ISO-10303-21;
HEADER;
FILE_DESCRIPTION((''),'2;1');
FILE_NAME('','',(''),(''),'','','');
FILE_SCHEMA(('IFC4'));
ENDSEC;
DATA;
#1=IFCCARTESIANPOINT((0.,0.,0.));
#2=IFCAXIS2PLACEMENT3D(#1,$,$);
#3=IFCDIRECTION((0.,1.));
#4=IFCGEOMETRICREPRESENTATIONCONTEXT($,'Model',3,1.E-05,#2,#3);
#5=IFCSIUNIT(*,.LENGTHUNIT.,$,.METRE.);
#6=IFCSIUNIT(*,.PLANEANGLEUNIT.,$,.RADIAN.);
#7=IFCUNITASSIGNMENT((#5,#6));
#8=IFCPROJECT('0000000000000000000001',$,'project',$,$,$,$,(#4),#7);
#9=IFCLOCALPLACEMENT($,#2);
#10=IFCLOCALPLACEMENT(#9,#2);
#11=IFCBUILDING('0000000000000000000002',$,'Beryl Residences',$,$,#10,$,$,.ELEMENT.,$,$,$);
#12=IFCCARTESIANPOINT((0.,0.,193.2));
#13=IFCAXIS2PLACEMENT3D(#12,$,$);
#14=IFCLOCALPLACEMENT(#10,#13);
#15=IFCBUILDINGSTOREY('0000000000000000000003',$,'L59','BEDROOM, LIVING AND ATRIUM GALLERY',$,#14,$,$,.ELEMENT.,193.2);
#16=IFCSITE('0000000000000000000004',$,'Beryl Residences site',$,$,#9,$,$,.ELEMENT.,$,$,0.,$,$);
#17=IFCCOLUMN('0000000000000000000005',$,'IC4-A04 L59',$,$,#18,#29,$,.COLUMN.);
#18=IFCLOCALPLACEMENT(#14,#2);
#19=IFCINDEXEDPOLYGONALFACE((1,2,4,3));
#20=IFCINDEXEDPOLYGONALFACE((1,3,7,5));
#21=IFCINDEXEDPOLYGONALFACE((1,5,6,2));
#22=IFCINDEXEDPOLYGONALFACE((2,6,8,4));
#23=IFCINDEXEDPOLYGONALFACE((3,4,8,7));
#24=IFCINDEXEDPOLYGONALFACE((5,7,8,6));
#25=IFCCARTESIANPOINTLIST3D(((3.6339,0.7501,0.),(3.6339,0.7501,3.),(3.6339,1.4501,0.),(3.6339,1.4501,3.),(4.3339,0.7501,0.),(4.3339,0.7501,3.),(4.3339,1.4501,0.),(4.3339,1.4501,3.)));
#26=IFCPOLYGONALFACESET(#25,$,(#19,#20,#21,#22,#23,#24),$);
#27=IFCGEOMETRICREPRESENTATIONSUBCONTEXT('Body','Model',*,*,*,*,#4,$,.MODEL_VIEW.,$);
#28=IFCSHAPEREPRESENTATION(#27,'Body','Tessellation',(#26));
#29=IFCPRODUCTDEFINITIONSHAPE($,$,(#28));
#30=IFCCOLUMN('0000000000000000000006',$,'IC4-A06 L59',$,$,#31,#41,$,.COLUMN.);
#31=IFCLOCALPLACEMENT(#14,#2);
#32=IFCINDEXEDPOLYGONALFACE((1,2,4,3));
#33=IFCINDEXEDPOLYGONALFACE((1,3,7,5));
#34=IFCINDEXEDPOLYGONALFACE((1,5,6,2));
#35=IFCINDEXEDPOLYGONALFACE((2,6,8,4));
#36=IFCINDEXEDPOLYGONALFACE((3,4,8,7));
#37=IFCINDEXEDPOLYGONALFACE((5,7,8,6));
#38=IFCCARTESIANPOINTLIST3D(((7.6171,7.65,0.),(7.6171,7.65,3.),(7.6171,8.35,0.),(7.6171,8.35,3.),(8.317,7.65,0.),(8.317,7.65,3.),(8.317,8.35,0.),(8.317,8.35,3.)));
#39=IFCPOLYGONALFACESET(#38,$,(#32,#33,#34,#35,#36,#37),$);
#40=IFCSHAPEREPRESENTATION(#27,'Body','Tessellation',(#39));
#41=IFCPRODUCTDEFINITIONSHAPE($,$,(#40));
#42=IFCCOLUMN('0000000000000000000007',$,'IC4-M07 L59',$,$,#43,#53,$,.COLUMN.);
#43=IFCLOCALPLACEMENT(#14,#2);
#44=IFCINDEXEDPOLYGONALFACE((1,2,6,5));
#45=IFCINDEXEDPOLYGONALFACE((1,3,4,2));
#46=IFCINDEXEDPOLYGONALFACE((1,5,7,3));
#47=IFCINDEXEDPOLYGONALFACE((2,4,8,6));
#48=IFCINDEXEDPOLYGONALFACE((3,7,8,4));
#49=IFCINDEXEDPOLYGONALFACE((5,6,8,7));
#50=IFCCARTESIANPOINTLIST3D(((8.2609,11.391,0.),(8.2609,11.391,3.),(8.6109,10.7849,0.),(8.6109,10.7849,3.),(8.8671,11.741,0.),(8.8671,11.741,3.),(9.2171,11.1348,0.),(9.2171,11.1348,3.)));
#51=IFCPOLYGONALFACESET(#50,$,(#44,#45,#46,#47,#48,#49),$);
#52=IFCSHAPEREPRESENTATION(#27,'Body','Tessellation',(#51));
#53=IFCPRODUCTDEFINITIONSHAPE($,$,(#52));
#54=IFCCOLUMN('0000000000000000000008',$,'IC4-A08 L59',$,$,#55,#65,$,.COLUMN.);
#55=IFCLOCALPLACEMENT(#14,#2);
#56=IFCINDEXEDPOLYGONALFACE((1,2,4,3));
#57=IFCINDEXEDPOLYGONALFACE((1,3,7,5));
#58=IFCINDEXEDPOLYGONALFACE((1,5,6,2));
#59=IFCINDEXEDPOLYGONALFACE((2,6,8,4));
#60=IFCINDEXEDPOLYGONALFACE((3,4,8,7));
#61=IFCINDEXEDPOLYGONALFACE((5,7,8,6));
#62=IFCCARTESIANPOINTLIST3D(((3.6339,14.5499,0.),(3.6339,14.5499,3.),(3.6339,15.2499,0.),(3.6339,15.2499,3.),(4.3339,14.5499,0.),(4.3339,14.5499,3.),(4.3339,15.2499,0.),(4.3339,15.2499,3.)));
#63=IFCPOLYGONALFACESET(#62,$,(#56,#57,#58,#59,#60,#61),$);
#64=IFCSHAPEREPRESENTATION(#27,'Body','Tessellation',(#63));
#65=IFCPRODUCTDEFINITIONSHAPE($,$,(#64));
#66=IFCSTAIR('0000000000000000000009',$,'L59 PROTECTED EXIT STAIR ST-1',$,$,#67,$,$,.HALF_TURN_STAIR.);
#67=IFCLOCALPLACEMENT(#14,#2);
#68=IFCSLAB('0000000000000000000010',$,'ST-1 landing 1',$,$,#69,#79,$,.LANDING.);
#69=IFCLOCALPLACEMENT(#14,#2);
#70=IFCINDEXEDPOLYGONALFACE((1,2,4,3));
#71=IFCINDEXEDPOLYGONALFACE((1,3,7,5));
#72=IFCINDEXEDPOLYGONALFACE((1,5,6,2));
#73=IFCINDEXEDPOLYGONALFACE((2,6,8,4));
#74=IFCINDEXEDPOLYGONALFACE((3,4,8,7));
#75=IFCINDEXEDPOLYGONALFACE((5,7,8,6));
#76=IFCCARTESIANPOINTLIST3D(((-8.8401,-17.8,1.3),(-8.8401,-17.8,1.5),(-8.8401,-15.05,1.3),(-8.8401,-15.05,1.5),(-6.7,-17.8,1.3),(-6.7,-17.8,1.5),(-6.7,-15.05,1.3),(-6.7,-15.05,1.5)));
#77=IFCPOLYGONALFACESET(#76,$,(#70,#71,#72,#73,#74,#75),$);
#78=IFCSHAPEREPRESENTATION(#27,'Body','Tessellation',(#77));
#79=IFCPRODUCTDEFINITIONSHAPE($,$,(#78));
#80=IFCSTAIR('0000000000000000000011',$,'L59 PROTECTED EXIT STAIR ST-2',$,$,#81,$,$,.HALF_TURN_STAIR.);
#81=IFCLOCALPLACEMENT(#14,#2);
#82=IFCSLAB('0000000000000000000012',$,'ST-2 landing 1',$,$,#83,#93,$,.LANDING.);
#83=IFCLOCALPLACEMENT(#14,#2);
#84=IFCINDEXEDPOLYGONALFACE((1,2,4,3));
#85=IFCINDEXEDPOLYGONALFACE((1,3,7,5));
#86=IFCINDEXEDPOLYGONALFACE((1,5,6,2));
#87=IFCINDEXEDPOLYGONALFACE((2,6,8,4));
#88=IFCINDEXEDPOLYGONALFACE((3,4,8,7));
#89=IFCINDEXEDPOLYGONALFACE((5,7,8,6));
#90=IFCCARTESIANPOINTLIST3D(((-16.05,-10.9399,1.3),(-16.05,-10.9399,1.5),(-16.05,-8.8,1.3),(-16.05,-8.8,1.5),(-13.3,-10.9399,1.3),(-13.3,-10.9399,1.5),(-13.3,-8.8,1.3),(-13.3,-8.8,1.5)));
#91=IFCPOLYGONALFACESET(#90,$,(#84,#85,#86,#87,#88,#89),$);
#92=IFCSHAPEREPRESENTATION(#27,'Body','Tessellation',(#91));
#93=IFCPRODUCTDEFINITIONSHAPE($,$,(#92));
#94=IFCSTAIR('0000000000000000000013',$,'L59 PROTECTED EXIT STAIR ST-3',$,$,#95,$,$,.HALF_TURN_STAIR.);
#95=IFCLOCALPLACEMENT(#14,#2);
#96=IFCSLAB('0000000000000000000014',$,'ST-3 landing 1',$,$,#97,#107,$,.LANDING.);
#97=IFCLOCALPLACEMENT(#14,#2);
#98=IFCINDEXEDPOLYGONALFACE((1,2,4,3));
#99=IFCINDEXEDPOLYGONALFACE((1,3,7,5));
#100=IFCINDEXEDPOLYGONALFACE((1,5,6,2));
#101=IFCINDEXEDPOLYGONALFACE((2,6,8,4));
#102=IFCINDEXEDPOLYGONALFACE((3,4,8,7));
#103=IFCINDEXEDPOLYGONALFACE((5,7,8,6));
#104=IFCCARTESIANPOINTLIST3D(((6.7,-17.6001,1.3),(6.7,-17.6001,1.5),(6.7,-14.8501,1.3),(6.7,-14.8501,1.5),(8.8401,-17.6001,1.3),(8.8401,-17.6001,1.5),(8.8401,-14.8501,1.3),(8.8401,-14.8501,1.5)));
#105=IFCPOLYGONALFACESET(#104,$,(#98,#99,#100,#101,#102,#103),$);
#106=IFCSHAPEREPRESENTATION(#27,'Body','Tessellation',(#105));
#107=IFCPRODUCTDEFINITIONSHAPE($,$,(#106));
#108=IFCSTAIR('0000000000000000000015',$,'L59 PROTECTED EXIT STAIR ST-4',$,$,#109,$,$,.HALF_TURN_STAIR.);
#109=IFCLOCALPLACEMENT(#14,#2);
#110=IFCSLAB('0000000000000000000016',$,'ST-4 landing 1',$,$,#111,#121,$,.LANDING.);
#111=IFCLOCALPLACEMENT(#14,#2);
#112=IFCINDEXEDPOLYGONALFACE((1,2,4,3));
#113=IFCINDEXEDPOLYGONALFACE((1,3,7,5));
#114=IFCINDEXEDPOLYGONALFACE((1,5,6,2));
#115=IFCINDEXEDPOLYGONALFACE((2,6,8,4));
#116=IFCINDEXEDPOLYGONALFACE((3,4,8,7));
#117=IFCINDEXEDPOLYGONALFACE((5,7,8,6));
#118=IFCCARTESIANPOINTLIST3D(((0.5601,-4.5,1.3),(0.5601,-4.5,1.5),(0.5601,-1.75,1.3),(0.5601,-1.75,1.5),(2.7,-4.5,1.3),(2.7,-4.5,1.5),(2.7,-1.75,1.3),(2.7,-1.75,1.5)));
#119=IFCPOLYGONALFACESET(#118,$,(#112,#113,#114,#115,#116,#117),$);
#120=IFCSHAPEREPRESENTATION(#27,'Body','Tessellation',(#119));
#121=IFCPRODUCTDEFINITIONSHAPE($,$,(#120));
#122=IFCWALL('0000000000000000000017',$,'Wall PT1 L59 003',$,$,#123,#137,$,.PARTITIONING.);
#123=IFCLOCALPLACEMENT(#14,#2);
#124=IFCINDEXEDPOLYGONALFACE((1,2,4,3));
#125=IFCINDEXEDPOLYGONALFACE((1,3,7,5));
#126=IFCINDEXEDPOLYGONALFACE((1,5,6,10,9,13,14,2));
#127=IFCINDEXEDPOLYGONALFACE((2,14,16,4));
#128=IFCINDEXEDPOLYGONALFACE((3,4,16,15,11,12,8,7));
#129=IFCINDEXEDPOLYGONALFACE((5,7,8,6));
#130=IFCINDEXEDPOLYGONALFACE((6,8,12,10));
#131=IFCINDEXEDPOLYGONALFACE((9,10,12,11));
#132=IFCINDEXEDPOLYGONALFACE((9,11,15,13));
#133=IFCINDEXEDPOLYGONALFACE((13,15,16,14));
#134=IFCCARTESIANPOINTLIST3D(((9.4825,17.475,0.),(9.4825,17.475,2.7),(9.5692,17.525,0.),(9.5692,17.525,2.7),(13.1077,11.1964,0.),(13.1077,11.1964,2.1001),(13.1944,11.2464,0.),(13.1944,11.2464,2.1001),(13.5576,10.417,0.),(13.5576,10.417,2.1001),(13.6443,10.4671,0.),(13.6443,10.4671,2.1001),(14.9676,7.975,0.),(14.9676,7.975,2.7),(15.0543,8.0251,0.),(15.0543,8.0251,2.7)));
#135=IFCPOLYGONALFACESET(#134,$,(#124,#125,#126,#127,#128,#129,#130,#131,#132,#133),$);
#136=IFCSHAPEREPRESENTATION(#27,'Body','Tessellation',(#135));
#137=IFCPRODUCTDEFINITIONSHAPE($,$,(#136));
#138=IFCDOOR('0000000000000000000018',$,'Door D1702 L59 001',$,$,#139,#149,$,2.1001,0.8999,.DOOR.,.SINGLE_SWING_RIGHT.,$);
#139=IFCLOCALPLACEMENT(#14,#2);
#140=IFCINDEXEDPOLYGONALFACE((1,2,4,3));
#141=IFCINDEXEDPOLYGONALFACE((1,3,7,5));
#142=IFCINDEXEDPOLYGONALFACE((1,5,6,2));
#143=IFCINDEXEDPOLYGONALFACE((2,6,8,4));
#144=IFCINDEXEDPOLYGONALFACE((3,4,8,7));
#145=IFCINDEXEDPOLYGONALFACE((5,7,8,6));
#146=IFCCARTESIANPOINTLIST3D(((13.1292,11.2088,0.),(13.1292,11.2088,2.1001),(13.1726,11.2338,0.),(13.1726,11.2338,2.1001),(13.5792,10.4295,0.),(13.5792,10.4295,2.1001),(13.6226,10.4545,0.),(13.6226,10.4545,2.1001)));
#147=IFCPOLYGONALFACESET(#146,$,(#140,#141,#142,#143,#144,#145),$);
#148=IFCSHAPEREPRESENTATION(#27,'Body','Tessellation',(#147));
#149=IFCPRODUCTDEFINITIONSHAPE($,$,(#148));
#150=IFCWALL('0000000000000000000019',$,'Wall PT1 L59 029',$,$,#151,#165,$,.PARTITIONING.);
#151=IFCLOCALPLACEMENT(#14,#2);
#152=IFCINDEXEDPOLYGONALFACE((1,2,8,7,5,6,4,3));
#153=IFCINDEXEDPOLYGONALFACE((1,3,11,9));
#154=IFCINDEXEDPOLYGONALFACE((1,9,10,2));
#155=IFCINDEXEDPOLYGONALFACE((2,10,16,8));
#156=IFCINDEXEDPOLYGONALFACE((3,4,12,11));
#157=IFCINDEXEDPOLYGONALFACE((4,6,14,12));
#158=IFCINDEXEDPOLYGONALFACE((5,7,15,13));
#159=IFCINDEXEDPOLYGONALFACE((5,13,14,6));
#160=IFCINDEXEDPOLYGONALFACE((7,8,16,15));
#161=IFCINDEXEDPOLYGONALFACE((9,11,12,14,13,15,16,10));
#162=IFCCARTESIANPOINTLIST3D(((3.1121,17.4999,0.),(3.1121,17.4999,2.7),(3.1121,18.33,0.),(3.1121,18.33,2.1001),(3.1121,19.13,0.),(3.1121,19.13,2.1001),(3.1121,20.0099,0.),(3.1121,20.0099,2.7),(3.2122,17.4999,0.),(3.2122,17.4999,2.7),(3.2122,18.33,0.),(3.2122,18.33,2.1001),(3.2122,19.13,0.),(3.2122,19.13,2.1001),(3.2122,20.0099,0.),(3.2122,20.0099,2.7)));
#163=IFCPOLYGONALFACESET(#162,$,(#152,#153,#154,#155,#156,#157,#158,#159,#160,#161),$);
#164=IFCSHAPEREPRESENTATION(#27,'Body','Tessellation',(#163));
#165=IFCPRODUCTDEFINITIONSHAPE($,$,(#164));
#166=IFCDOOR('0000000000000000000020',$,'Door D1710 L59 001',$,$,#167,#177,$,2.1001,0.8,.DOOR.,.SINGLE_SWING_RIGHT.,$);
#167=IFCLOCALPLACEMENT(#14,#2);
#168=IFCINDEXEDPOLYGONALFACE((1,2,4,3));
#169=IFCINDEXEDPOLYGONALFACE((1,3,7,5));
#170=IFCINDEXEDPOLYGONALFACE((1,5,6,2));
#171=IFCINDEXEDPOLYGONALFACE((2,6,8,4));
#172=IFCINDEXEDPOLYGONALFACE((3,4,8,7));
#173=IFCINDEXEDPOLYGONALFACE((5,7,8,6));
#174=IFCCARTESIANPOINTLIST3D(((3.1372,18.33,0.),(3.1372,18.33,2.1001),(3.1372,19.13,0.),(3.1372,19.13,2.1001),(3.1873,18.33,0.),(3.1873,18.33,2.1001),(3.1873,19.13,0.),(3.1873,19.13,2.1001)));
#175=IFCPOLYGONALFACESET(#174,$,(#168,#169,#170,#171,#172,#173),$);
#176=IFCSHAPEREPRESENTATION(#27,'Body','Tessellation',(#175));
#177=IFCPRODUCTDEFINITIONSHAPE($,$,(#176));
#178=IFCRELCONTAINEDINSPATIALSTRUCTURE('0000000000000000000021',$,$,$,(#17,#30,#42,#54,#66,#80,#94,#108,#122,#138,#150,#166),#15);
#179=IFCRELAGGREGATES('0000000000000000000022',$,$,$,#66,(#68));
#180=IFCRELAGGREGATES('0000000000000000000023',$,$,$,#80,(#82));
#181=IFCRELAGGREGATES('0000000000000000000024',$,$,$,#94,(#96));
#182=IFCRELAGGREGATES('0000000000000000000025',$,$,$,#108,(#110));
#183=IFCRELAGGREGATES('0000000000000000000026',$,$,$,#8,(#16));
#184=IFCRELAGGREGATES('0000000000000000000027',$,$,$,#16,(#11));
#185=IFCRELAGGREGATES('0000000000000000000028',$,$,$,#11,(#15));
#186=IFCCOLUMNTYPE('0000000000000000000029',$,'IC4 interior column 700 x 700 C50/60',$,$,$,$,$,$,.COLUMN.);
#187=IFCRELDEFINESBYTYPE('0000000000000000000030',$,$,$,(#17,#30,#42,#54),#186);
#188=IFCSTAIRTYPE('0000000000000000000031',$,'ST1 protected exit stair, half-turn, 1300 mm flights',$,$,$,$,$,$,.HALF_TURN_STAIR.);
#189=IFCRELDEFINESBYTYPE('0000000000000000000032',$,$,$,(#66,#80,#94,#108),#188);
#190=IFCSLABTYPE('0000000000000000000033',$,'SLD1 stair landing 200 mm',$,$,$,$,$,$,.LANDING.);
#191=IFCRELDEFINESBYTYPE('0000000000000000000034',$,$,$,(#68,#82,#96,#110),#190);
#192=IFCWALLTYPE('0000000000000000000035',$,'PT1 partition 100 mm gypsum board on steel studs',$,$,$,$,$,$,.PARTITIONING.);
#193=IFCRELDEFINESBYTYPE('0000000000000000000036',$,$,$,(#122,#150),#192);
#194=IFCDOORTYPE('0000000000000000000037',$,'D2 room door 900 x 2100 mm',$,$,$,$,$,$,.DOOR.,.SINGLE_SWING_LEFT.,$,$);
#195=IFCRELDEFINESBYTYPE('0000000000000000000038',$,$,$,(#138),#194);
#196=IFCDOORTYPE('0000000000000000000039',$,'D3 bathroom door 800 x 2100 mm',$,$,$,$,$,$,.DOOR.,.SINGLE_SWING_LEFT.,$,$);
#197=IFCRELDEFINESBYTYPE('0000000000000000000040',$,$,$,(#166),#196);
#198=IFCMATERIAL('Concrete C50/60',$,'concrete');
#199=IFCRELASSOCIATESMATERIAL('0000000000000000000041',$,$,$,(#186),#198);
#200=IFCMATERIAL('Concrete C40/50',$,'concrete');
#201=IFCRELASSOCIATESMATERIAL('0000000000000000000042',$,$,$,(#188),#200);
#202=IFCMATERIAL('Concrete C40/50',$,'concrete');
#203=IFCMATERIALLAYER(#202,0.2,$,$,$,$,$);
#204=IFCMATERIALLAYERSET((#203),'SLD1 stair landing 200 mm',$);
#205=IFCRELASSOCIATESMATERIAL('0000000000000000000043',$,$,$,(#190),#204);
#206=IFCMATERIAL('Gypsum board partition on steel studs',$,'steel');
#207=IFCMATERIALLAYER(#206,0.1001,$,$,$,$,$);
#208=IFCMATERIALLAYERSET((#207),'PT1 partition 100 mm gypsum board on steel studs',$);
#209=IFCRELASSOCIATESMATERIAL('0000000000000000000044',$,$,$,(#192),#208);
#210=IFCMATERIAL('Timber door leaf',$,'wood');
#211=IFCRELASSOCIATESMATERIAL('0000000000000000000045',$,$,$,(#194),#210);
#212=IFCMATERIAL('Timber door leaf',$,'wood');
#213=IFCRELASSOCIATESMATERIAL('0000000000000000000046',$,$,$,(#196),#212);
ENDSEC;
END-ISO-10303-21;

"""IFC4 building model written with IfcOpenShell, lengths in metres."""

from ifc_helpers import new_model, si_unit, direction, frame, frame_2d, origin, origin_2d, place, context, subcontext, project, spatial, polyline, rectangle, outline, extrude, material, layer, layer_set, material_profile, profile_set, type_object, element, fill, aggregate, save


model = new_model("IFC4")

# Units and contexts
model_context = context("Model", 3, precision=1e-05, world=origin(), true_north=direction((0.0, 1.0)))
body_context = subcontext(model_context, "Body", "Model", "MODEL_VIEW")
ifc_project = project(units=[si_unit("LENGTHUNIT", "METRE"), si_unit("PLANEANGLEUNIT", "RADIAN")], contexts=[model_context])

# Site, building, storey
site_placement = place(None, origin())
site = spatial("IfcSite", under=ifc_project, at=site_placement, Name="Beryl Residences site", CompositionType="ELEMENT", RefElevation=0.0)
building_placement = place(site_placement, origin())
building = spatial("IfcBuilding", under=site, at=building_placement, Name="Beryl Residences", CompositionType="ELEMENT")
storey_placement = place(building_placement, frame((0.0, 0.0, 193.2)))
storey = spatial("IfcBuildingStorey", under=building, at=storey_placement, Name="L59", Description="BEDROOM, LIVING AND ATRIUM GALLERY", CompositionType="ELEMENT", Elevation=193.2)

# Columns
ifc_material_1 = material(Name="Concrete C50/60", Category="concrete")
ifc_material_profile = material_profile(ifc_material_1, rectangle(XDim=0.7, YDim=0.7, at=origin_2d()))
ifc_profile_set = profile_set([ifc_material_profile], Name="Concrete C50/60")
column_type = type_object("IfcColumnType", Name="IC4 interior column 700 x 700 C50/60", PredefinedType="COLUMN", material=ifc_profile_set)
for number, where, z_axis, x_axis, name in (
    (1, (3.9839, 1.1001, 0.0), (0.0, 0.0, 1.0), (1.0, 0.0, 0.0), "IC4-A04 L59"),
    (2, (7.967, 8.0, 0.0), (0.0, 0.0, 1.0), (1.0, 0.0, 0.0), "IC4-A06 L59"),
    (3, (8.739, 11.2629, 0.0), (0.0, 0.0, 1.0), (-0.5, 0.866025, 0.0), "IC4-M07 L59"),
    (4, (3.9839, 14.8999, 0.0), (0.0, 0.0, 1.0), (1.0, 0.0, 0.0), "IC4-A08 L59"),
):
    element("IfcColumn", number, at=place(storey_placement, frame(where, z_axis=z_axis, x_axis=x_axis)), inside=storey, type_object=column_type, Name=name, PredefinedType="COLUMN", context=body_context, shape_type="SweptSolid", body=[
        extrude(rectangle(XDim=0.7, YDim=0.7, at=origin_2d()), origin(), (0.0, 0.0, 1.0), 3.0),
    ])

# Stairs, slabs
ifc_material_2 = material(Name="Concrete C40/50", Category="concrete")
stair_type = type_object("IfcStairType", Name="ST1 protected exit stair, half-turn, 1300 mm flights", PredefinedType="HALF_TURN_STAIR", material=ifc_material_2)
stair_1_placement = place(storey_placement, origin())
stair_1 = element("IfcStair", 5, at=stair_1_placement, inside=storey, type_object=stair_type, Name="L59 PROTECTED EXIT STAIR ST-1", PredefinedType="HALF_TURN_STAIR")
ifc_material_3 = material(Name="Concrete C40/50", Category="concrete")
ifc_layer_1 = layer(ifc_material_3, 0.2)
ifc_layer_set_1 = layer_set([ifc_layer_1], Name="SLD1 stair landing 200 mm")
slab_type_1 = type_object("IfcSlabType", Name="SLD1 stair landing 200 mm", PredefinedType="LANDING", material=ifc_layer_set_1)
slab_1_placement = place(storey_placement, frame((0.0, 0.0, 1.3)))
slab_1 = element("IfcSlab", 6, at=slab_1_placement, type_object=slab_type_1, Name="ST-1 landing 1", PredefinedType="LANDING", context=body_context, shape_type="SweptSolid", body=[
    extrude(outline(polyline([(-8.8401, -17.8), (-6.7, -17.8), (-6.7, -15.05), (-8.8401, -15.05), (-8.8401, -17.8)])), origin(), (0.0, 0.0, 1.0), 0.2),
])
aggregate(stair_1, [slab_1])
stair_2_placement = place(storey_placement, origin())
stair_2 = element("IfcStair", 7, at=stair_2_placement, inside=storey, type_object=stair_type, Name="L59 PROTECTED EXIT STAIR ST-2", PredefinedType="HALF_TURN_STAIR")
slab_2_placement = place(storey_placement, frame((0.0, 0.0, 1.3)))
slab_2 = element("IfcSlab", 8, at=slab_2_placement, type_object=slab_type_1, Name="ST-2 landing 1", PredefinedType="LANDING", context=body_context, shape_type="SweptSolid", body=[
    extrude(outline(polyline([(-13.3, -10.9399), (-13.3, -8.8), (-16.05, -8.8), (-16.05, -10.9399), (-13.3, -10.9399)])), origin(), (0.0, 0.0, 1.0), 0.2),
])
aggregate(stair_2, [slab_2])
stair_3_placement = place(storey_placement, origin())
stair_3 = element("IfcStair", 9, at=stair_3_placement, inside=storey, type_object=stair_type, Name="L59 PROTECTED EXIT STAIR ST-3", PredefinedType="HALF_TURN_STAIR")
slab_3_placement = place(storey_placement, frame((0.0, 0.0, 1.3)))
slab_3 = element("IfcSlab", 10, at=slab_3_placement, type_object=slab_type_1, Name="ST-3 landing 1", PredefinedType="LANDING", context=body_context, shape_type="SweptSolid", body=[
    extrude(outline(polyline([(8.8401, -14.8501), (6.7, -14.8501), (6.7, -17.6001), (8.8401, -17.6001), (8.8401, -14.8501)])), origin(), (0.0, 0.0, 1.0), 0.2),
])
aggregate(stair_3, [slab_3])
stair_4_placement = place(storey_placement, origin())
stair_4 = element("IfcStair", 11, at=stair_4_placement, inside=storey, type_object=stair_type, Name="L59 PROTECTED EXIT STAIR ST-4", PredefinedType="HALF_TURN_STAIR")
slab_4_placement = place(storey_placement, frame((0.0, 0.0, 1.3)))
slab_4 = element("IfcSlab", 12, at=slab_4_placement, type_object=slab_type_1, Name="ST-4 landing 1", PredefinedType="LANDING", context=body_context, shape_type="SweptSolid", body=[
    extrude(outline(polyline([(0.5601, -4.5), (2.7, -4.5), (2.7, -1.75), (0.5601, -1.75), (0.5601, -4.5)])), origin(), (0.0, 0.0, 1.0), 0.2),
])
aggregate(stair_4, [slab_4])

# Walls, openings, doors
ifc_material_4 = material(Name="Gypsum board partition on steel studs", Category="steel")
ifc_layer_2 = layer(ifc_material_4, 0.1001)
ifc_layer_set_2 = layer_set([ifc_layer_2], Name="PT1 partition 100 mm gypsum board on steel studs")
wall_type_1 = type_object("IfcWallType", Name="PT1 partition 100 mm gypsum board on steel studs", PredefinedType="PARTITIONING", material=ifc_layer_set_2)
wall_1_placement = place(storey_placement, frame((9.5259, 17.5, 0.0), z_axis=(0.0, 0.0, 1.0), x_axis=(0.500019, -0.866014, 0.0)))
wall_1 = element("IfcWall", 13, at=wall_1_placement, inside=storey, type_object=wall_type_1, Name="Wall PT1 L59 003", PredefinedType="PARTITIONING", context=body_context, shape_type="SweptSolid", body=[
    extrude(rectangle(XDim=10.9697, YDim=0.1001, at=frame_2d((5.4849, 0.0))), origin(), (0.0, 0.0, 1.0), 2.7),
])
opening_1_placement = place(wall_1_placement, frame((7.25, 0.0, 0.0)))
opening_1 = element("IfcOpeningElement", 14, at=opening_1_placement, cuts=wall_1, PredefinedType="OPENING", context=body_context, shape_type="SweptSolid", body=[
    extrude(rectangle(XDim=0.8999, YDim=2.1001, at=frame_2d((0.45, 1.05))), frame((0.0, 0.0601, 0.0), z_axis=(0.0, -1.0, 0.0), x_axis=(1.0, 0.0, 0.0)), (0.0, 0.0, 1.0), 0.1201),
])
ifc_material_5 = material(Name="Timber door leaf", Category="wood")
door_type_1 = type_object("IfcDoorType", Name="D2 room door 900 x 2100 mm", OperationType="SINGLE_SWING_LEFT", PredefinedType="DOOR", material=ifc_material_5)
door_1_placement = place(opening_1_placement, origin())
door_1 = element("IfcDoor", 15, at=door_1_placement, inside=storey, type_object=door_type_1, Name="Door D1702 L59 001", OperationType="SINGLE_SWING_RIGHT", OverallHeight=2.1001, OverallWidth=0.8999, PredefinedType="DOOR", context=body_context, shape_type="SweptSolid", body=[
    extrude(rectangle(XDim=0.8999, YDim=2.1001, at=frame_2d((0.45, 1.05))), frame((0.0, 0.0249, 0.0), z_axis=(0.0, -1.0, 0.0), x_axis=(1.0, 0.0, 0.0)), (0.0, 0.0, 1.0), 0.05),
])
fill(opening_1, door_1)
wall_2_placement = place(storey_placement, frame((3.1621, 17.5, 0.0), z_axis=(0.0, 0.0, 1.0), x_axis=(0.0, 1.0, 0.0)))
wall_2 = element("IfcWall", 16, at=wall_2_placement, inside=storey, type_object=wall_type_1, Name="Wall PT1 L59 029", PredefinedType="PARTITIONING", context=body_context, shape_type="SweptSolid", body=[
    extrude(rectangle(XDim=2.51, YDim=0.1001, at=frame_2d((1.2549, 0.0))), origin(), (0.0, 0.0, 1.0), 2.7),
])
opening_2_placement = place(wall_2_placement, frame((0.8301, 0.0, 0.0)))
opening_2 = element("IfcOpeningElement", 17, at=opening_2_placement, cuts=wall_2, PredefinedType="OPENING", context=body_context, shape_type="SweptSolid", body=[
    extrude(rectangle(XDim=0.8, YDim=2.1001, at=frame_2d((0.3999, 1.05))), frame((0.0, 0.0601, 0.0), z_axis=(0.0, -1.0, 0.0), x_axis=(1.0, 0.0, 0.0)), (0.0, 0.0, 1.0), 0.1201),
])
ifc_material_6 = material(Name="Timber door leaf", Category="wood")
door_type_2 = type_object("IfcDoorType", Name="D3 bathroom door 800 x 2100 mm", OperationType="SINGLE_SWING_LEFT", PredefinedType="DOOR", material=ifc_material_6)
door_2_placement = place(opening_2_placement, origin())
door_2 = element("IfcDoor", 18, at=door_2_placement, inside=storey, type_object=door_type_2, Name="Door D1710 L59 001", OperationType="SINGLE_SWING_RIGHT", OverallHeight=2.1001, OverallWidth=0.8, PredefinedType="DOOR", context=body_context, shape_type="SweptSolid", body=[
    extrude(rectangle(XDim=0.8, YDim=2.1001, at=frame_2d((0.3999, 1.05))), frame((0.0, 0.0249, 0.0), z_axis=(0.0, -1.0, 0.0), x_axis=(1.0, 0.0, 0.0)), (0.0, 0.0, 1.0), 0.05),
])
fill(opening_2, door_2)

save(model, "model.ifc")
